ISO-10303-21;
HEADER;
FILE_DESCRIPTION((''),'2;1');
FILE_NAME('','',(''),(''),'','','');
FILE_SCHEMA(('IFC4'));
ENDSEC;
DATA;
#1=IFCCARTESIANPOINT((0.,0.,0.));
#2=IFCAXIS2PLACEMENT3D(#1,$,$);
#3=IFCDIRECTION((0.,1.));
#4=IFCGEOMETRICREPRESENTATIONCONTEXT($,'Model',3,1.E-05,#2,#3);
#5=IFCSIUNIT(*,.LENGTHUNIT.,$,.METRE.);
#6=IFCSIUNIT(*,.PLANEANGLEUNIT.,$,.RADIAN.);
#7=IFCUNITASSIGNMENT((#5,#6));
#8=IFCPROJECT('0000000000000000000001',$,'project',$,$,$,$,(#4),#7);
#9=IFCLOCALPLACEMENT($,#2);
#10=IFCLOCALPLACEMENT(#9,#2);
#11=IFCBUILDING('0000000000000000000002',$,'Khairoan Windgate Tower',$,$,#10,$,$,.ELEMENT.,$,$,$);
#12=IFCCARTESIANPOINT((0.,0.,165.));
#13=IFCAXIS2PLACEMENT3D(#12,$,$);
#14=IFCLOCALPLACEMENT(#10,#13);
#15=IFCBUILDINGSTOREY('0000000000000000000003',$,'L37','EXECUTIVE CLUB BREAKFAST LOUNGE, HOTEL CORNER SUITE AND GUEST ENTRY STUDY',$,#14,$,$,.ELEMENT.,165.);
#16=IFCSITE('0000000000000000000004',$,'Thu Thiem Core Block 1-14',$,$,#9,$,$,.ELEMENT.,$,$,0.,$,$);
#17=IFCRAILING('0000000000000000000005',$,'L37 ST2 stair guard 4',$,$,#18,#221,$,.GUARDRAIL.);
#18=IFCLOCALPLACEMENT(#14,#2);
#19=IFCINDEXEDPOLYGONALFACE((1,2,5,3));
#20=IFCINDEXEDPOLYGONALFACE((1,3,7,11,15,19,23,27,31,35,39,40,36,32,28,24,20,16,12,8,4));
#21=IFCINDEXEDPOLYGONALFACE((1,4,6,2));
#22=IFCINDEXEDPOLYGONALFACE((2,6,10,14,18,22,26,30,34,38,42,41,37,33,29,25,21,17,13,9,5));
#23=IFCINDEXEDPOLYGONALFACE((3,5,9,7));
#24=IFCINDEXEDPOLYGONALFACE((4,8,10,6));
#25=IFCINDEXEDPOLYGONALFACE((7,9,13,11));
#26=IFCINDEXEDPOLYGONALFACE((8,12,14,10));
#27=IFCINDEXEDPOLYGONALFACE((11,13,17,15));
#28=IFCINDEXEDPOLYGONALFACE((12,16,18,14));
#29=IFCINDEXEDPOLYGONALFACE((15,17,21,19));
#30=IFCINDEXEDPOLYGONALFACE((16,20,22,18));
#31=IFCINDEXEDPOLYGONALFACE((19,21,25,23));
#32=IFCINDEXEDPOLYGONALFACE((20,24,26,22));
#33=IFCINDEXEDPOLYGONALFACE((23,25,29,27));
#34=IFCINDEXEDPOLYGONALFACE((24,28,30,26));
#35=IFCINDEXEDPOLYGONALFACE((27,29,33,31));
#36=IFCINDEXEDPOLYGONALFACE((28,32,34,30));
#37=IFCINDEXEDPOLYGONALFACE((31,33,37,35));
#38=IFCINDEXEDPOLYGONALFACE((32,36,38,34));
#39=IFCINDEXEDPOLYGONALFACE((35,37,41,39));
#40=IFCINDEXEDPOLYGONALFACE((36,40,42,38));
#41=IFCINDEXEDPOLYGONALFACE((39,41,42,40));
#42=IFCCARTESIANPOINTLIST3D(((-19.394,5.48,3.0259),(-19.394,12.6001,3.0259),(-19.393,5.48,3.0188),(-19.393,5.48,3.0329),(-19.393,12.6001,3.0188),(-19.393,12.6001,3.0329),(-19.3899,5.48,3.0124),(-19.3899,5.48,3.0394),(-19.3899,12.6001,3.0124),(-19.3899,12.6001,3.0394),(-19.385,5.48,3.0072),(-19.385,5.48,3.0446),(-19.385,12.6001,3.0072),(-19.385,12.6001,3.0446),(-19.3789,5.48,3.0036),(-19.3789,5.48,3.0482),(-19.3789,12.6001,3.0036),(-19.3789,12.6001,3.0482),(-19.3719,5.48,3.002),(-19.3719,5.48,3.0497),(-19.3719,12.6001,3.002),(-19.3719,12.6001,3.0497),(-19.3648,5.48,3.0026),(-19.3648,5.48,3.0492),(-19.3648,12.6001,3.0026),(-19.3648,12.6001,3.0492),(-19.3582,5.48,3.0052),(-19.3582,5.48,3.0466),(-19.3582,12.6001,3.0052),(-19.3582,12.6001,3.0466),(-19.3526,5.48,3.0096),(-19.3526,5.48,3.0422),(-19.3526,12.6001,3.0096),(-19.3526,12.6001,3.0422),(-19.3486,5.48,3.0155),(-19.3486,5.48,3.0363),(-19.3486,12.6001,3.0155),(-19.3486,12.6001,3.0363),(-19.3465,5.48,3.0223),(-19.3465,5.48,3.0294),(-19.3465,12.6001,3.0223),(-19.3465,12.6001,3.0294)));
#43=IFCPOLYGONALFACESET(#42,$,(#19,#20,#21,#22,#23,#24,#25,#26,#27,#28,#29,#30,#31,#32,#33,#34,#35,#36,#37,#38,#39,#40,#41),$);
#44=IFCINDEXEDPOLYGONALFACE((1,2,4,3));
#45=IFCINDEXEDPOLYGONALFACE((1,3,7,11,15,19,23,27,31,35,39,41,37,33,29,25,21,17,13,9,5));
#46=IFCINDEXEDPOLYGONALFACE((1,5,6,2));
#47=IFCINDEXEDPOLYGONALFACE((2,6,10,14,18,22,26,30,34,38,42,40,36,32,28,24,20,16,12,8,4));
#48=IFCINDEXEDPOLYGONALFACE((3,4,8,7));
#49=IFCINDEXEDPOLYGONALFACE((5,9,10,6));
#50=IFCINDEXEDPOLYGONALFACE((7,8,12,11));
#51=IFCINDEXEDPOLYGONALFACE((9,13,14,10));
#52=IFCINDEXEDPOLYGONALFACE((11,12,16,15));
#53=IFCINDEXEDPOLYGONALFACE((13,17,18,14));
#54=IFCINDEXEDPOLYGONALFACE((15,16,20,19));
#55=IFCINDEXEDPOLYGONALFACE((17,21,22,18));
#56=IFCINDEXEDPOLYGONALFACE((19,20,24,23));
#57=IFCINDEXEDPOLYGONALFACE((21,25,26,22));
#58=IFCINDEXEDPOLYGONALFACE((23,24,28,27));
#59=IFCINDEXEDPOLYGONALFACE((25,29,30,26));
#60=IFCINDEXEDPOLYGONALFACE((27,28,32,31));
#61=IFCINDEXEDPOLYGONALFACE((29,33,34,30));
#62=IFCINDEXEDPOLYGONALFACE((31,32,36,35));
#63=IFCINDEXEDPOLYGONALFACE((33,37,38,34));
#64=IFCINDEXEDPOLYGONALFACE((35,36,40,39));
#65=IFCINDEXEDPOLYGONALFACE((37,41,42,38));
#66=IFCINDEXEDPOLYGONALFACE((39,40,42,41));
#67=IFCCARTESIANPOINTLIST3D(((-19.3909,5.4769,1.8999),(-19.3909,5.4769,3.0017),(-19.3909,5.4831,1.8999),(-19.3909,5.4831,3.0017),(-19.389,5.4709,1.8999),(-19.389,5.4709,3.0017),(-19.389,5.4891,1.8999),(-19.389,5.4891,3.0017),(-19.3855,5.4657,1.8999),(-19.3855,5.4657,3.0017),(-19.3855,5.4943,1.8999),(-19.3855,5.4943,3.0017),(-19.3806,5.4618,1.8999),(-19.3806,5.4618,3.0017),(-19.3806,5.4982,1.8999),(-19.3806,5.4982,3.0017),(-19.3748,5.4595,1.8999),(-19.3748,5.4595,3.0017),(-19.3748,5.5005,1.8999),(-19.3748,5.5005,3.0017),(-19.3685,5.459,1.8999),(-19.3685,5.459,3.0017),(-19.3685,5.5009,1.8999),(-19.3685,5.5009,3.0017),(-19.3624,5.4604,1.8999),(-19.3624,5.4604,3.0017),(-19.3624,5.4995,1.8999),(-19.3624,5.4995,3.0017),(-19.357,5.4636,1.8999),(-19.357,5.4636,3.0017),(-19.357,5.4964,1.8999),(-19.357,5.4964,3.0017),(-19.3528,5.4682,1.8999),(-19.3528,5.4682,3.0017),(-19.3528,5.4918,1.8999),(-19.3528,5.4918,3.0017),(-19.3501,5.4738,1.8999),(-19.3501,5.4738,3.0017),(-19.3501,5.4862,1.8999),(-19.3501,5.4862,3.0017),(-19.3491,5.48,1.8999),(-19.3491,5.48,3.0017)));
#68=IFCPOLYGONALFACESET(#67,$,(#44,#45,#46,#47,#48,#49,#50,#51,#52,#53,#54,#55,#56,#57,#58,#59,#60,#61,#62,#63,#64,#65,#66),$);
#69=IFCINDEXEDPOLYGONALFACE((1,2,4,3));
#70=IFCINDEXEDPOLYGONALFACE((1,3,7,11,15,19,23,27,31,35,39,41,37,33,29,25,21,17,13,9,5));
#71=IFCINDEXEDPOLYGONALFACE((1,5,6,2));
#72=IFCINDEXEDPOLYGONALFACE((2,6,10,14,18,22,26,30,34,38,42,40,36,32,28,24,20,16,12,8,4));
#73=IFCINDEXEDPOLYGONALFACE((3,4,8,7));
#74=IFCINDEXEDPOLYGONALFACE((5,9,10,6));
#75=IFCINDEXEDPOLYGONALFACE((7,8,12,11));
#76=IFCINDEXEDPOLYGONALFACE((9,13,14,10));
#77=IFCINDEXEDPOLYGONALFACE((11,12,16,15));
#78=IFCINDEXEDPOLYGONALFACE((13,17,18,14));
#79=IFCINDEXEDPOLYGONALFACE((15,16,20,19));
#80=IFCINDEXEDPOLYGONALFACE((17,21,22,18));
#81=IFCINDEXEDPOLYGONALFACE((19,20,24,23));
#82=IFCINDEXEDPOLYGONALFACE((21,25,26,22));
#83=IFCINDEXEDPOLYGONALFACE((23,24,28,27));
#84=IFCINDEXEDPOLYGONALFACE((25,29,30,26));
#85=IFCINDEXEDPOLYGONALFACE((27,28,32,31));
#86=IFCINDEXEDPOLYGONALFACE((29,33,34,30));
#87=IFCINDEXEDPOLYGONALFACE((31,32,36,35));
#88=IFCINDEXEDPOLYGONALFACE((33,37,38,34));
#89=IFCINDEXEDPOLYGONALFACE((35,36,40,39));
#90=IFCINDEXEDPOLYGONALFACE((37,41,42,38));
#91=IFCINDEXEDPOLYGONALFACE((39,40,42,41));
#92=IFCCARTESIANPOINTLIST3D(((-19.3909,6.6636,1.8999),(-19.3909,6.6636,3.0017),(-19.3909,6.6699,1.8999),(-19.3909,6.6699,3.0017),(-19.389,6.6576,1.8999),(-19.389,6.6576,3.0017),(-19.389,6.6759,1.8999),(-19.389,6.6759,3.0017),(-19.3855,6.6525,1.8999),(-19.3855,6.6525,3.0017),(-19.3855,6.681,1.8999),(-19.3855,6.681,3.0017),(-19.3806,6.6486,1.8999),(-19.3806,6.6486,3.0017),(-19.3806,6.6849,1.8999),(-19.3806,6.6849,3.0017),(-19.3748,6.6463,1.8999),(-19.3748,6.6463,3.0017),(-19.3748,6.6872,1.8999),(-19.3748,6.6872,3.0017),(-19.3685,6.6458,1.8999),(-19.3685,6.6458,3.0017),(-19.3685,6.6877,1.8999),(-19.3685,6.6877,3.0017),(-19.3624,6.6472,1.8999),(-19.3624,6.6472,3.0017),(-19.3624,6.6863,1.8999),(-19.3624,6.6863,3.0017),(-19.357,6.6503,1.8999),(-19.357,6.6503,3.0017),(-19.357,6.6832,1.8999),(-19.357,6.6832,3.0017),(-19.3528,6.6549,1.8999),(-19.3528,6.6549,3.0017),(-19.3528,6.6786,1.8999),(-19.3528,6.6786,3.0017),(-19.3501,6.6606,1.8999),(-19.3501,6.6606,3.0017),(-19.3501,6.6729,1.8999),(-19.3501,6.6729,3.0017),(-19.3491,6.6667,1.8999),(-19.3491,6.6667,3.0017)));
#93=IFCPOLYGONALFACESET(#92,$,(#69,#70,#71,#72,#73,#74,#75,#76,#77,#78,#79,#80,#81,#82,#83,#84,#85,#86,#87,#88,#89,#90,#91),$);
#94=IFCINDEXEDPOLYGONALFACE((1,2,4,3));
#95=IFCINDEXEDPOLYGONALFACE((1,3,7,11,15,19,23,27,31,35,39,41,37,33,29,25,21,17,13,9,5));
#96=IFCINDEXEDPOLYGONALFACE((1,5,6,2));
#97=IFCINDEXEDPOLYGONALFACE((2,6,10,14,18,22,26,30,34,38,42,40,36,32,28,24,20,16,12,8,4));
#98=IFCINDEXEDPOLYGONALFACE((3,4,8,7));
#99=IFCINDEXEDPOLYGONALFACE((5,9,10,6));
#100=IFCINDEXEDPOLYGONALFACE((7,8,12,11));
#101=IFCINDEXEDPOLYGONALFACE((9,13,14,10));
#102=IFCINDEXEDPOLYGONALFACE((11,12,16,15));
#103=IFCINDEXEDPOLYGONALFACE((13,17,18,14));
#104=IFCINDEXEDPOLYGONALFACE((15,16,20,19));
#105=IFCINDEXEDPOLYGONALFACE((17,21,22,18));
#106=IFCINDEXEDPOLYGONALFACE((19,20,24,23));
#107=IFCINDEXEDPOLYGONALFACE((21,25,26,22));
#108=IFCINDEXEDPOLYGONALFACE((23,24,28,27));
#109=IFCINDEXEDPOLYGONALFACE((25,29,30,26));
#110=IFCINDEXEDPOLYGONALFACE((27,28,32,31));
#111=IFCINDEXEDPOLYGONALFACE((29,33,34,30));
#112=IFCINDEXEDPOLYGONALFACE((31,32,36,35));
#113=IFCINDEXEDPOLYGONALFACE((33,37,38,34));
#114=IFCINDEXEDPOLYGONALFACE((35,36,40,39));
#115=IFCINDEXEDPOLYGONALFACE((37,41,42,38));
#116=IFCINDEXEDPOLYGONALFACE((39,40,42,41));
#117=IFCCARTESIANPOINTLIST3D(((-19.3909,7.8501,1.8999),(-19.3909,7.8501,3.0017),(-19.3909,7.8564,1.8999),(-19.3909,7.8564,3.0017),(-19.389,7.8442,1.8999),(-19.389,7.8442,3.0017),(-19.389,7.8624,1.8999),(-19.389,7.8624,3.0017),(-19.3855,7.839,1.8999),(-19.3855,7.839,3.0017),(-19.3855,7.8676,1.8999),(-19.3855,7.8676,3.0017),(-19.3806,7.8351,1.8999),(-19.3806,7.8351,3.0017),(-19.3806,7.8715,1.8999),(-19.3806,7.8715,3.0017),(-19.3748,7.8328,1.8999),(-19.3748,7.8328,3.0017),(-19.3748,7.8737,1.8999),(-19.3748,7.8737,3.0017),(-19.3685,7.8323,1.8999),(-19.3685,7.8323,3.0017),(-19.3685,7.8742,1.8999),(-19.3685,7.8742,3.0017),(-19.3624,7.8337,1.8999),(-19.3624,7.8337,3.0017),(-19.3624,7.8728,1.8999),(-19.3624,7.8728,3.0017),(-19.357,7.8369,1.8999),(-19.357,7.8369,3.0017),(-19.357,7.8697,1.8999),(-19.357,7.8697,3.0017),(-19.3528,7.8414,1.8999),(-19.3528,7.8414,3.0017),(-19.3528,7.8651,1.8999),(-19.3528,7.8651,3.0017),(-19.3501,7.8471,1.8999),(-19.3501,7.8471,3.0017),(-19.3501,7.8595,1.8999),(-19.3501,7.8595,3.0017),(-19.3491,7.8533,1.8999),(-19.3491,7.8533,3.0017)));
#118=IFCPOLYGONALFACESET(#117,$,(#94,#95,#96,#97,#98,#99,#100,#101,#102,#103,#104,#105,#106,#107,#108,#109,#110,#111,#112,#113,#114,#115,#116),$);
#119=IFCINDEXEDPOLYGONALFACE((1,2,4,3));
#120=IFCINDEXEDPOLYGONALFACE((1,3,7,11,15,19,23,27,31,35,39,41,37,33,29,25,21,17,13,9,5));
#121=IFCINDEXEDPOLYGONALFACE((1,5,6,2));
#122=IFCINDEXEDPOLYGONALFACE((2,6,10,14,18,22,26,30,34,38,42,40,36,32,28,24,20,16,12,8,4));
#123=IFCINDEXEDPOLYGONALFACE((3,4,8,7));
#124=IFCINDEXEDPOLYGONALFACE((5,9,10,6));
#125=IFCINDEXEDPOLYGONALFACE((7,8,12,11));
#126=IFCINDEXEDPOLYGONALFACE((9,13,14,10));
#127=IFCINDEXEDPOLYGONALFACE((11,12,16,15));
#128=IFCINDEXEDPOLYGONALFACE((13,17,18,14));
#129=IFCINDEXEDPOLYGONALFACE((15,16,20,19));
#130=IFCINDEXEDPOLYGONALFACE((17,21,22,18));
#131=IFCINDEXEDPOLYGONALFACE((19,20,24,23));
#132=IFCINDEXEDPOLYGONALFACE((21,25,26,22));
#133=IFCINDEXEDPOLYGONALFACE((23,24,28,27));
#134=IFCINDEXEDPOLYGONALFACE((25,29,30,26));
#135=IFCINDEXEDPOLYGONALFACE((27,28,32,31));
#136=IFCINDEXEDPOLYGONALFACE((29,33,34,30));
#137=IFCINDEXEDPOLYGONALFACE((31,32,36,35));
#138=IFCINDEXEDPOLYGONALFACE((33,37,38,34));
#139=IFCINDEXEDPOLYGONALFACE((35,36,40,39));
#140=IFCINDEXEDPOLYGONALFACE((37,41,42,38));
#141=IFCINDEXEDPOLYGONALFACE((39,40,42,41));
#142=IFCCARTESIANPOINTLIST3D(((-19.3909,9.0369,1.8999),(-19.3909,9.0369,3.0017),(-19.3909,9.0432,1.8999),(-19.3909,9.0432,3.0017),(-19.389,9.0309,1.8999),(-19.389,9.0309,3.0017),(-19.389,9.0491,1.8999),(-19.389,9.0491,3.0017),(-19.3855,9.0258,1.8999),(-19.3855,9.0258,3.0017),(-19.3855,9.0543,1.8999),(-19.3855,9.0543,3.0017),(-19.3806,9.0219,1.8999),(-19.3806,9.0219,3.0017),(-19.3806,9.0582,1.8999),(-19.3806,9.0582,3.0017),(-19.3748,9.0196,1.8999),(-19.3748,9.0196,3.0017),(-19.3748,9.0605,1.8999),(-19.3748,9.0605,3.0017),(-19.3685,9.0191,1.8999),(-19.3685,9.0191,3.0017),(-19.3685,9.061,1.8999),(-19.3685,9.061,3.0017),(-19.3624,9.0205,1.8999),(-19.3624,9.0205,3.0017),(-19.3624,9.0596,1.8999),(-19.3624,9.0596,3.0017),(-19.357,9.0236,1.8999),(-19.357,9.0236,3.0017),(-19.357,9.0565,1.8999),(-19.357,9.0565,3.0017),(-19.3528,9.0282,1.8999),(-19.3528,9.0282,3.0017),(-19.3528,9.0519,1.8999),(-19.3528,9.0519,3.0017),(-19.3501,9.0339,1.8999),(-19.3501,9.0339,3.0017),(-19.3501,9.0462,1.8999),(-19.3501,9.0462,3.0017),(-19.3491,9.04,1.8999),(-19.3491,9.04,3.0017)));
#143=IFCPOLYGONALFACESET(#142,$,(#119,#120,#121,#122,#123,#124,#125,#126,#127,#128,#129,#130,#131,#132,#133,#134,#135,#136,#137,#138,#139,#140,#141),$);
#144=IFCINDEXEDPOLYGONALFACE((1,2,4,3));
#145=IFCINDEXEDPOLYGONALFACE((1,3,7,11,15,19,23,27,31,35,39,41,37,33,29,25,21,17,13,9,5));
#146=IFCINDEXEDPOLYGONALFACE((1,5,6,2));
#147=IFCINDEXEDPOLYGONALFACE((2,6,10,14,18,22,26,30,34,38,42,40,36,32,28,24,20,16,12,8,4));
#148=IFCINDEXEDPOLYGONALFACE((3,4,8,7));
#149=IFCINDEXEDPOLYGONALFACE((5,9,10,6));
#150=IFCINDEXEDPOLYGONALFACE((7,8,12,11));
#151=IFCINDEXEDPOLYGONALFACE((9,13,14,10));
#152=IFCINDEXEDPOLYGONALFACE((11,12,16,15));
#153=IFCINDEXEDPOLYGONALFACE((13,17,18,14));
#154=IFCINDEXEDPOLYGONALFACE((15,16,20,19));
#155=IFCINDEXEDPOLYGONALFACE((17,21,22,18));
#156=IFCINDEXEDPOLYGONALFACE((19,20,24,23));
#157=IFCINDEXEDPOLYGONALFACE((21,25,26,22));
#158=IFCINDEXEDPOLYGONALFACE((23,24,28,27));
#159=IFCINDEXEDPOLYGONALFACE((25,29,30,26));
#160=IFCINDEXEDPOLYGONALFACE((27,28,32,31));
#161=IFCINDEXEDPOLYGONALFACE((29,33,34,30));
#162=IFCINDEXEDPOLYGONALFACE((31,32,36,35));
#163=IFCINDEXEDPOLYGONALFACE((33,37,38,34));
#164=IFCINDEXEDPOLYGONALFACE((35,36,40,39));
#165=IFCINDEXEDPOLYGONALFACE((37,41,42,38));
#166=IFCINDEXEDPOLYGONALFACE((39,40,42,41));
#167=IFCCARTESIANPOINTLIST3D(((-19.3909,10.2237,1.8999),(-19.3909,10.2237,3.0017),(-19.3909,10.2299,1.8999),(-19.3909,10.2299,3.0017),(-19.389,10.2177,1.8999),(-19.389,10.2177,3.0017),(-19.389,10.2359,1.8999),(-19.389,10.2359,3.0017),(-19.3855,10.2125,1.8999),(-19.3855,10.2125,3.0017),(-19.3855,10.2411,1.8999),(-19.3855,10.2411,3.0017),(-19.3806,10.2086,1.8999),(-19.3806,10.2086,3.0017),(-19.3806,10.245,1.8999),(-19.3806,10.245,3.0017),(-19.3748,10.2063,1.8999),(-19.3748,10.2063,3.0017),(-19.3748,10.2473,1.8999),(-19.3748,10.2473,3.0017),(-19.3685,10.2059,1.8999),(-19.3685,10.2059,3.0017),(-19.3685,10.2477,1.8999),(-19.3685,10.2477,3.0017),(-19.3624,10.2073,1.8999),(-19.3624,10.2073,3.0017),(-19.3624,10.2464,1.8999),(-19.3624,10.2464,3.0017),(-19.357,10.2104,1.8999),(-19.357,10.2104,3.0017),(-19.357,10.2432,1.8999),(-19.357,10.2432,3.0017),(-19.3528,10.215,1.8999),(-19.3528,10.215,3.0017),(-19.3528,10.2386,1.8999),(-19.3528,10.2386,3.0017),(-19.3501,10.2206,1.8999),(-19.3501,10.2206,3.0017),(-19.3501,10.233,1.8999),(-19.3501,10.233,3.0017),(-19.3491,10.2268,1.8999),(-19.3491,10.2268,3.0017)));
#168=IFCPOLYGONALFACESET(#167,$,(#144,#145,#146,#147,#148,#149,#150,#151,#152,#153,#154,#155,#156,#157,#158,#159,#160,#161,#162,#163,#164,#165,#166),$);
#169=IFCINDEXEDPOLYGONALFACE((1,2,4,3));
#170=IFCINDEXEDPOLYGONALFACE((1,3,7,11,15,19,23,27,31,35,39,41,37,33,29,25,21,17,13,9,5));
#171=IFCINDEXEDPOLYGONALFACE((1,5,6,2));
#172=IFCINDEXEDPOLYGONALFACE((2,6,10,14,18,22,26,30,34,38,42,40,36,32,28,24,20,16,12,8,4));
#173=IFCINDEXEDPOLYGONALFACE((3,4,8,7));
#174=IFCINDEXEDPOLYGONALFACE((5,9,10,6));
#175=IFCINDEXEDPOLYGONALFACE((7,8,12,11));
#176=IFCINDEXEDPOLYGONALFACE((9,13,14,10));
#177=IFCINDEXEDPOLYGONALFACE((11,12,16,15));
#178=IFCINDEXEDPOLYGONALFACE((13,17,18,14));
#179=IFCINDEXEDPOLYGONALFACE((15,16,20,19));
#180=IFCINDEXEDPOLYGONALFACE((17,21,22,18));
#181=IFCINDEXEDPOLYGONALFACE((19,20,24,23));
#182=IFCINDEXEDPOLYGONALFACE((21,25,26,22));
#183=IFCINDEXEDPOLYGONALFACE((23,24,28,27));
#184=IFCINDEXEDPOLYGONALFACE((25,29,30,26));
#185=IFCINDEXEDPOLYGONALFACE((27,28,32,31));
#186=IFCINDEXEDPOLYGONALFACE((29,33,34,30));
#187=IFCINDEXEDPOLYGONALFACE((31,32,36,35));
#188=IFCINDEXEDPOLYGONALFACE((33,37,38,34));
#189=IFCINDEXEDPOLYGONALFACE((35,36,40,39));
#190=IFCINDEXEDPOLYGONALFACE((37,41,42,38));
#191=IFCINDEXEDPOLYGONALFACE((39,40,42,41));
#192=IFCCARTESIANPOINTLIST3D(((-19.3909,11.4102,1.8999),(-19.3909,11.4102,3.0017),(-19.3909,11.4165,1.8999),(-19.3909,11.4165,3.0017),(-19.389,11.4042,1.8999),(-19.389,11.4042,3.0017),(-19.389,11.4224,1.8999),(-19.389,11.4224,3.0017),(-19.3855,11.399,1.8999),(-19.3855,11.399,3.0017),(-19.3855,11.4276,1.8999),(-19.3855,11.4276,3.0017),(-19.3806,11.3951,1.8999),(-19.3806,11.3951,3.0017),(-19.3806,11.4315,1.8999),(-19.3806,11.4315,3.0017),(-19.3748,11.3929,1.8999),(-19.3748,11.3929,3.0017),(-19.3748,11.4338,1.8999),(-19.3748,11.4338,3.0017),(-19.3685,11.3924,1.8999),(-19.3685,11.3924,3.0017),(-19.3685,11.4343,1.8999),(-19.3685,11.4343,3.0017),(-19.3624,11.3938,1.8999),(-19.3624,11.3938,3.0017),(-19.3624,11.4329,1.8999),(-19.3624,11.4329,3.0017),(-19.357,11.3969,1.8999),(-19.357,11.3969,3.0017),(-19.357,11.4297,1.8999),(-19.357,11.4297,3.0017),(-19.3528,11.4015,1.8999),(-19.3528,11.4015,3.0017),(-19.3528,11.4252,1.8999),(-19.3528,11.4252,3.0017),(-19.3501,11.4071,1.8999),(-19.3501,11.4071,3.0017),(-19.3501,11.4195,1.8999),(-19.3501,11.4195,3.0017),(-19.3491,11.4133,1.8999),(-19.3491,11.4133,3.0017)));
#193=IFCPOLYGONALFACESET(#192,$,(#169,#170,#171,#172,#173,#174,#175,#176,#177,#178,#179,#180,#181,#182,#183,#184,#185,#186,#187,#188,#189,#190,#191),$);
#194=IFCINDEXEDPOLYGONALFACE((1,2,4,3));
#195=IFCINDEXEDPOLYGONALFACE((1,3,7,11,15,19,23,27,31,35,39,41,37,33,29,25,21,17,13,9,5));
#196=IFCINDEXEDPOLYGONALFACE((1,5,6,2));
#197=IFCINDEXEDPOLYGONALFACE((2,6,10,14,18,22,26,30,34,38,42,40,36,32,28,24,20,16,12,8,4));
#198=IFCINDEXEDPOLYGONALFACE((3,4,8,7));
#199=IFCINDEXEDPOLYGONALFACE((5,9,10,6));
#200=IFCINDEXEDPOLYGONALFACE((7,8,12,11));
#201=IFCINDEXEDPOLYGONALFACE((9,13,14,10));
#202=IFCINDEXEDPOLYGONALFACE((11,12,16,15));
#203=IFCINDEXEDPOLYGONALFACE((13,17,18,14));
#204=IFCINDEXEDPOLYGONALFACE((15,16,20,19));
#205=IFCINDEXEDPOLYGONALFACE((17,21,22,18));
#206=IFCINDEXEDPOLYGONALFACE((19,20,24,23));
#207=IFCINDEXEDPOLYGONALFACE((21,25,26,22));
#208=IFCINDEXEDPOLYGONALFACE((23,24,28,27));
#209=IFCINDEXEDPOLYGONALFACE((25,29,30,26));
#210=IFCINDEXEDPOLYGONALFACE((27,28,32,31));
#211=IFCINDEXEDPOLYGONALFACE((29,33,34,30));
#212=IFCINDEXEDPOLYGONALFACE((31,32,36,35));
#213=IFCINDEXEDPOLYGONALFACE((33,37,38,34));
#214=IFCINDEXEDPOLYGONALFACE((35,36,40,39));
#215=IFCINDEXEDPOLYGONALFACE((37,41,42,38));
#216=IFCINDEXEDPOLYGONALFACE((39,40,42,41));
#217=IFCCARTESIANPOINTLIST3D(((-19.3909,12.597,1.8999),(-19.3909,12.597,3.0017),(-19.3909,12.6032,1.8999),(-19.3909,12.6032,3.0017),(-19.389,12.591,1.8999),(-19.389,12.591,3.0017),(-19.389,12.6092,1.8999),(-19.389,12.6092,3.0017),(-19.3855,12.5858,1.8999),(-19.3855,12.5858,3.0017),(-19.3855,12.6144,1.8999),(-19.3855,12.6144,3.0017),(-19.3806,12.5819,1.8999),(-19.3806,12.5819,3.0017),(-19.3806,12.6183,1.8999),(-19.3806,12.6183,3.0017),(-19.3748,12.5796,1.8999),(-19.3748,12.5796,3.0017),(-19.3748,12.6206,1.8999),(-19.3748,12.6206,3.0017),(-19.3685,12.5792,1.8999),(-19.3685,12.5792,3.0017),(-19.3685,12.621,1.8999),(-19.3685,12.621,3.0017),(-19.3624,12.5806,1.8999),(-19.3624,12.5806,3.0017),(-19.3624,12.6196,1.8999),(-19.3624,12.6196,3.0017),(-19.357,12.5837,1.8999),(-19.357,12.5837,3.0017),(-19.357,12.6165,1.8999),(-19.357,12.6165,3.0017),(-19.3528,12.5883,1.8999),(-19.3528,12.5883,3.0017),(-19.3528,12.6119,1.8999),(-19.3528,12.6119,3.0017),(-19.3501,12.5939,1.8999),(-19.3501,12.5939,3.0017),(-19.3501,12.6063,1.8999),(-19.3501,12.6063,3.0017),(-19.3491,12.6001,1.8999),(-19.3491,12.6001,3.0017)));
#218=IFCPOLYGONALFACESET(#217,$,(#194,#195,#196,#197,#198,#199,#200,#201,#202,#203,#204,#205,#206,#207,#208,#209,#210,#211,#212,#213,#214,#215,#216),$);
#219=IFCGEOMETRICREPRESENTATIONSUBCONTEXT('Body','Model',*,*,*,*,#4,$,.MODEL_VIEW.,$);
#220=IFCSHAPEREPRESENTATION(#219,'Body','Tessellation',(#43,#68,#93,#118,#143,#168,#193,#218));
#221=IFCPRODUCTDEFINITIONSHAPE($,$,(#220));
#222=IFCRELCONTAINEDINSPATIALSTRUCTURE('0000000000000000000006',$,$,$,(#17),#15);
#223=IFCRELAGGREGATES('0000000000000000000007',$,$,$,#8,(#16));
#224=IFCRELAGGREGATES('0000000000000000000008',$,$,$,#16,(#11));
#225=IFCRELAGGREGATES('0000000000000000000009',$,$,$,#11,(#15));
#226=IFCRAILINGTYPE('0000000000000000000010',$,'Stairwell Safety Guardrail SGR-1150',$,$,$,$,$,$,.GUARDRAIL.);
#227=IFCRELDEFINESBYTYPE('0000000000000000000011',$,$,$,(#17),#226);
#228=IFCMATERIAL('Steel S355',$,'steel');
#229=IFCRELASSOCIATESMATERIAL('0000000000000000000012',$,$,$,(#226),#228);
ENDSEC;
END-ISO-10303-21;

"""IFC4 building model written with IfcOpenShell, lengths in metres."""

from ifc_helpers import new_model, si_unit, direction, frame, origin, origin_2d, place, context, subcontext, project, spatial, circle, extrude, material, type_object, element, save


model = new_model("IFC4")

# Units and contexts
model_context = context("Model", 3, precision=1e-05, world=origin(), true_north=direction((0.0, 1.0)))
body_context = subcontext(model_context, "Body", "Model", "MODEL_VIEW")
ifc_project = project(units=[si_unit("LENGTHUNIT", "METRE"), si_unit("PLANEANGLEUNIT", "RADIAN")], contexts=[model_context])

# Site, building, storey
site_placement = place(None, origin())
site = spatial("IfcSite", under=ifc_project, at=site_placement, Name="Thu Thiem Core Block 1-14", CompositionType="ELEMENT", RefElevation=0.0)
building_placement = place(site_placement, origin())
building = spatial("IfcBuilding", under=site, at=building_placement, Name="Khairoan Windgate Tower", CompositionType="ELEMENT")
storey_placement = place(building_placement, frame((0.0, 0.0, 165.0)))
storey = spatial("IfcBuildingStorey", under=building, at=storey_placement, Name="L37", Description="EXECUTIVE CLUB BREAKFAST LOUNGE, HOTEL CORNER SUITE AND GUEST ENTRY STUDY", CompositionType="ELEMENT", Elevation=165.0)

# Railing
ifc_material_1 = material(Name="Steel S355", Category="steel")
railing_type_1 = type_object("IfcRailingType", Name="Stairwell Safety Guardrail SGR-1150", PredefinedType="GUARDRAIL", material=ifc_material_1)
railing_1_placement = place(storey_placement, frame((-19.3701, 5.48, 1.8999)))
element("IfcRailing", 1, at=railing_1_placement, inside=storey, type_object=railing_type_1, Name="L37 ST2 stair guard 4", PredefinedType="GUARDRAIL", context=body_context, shape_type="SweptSolid", body=[
    extrude(circle(Radius=0.0239, at=origin_2d()), frame((0.0, 0.0, 1.126), z_axis=(0.0, 1.0, 0.0), x_axis=(-1.0, 0.0, 0.0)), (0.0, 0.0, 1.0), 7.1201),
    extrude(circle(Radius=0.021, at=origin_2d()), origin(), (0.0, 0.0, 1.0), 1.1018),
    extrude(circle(Radius=0.021, at=origin_2d()), frame((0.0, 1.1868, 0.0)), (0.0, 0.0, 1.0), 1.1018),
    extrude(circle(Radius=0.021, at=origin_2d()), frame((0.0, 2.3733, 0.0)), (0.0, 0.0, 1.0), 1.1018),
    extrude(circle(Radius=0.021, at=origin_2d()), frame((0.0, 3.5601, 0.0)), (0.0, 0.0, 1.0), 1.1018),
    extrude(circle(Radius=0.021, at=origin_2d()), frame((0.0, 4.7468, 0.0)), (0.0, 0.0, 1.0), 1.1018),
    extrude(circle(Radius=0.021, at=origin_2d()), frame((0.0, 5.9333, 0.0)), (0.0, 0.0, 1.0), 1.1018),
    extrude(circle(Radius=0.021, at=origin_2d()), frame((0.0, 7.1201, 0.0)), (0.0, 0.0, 1.0), 1.1018),
])

save(model, "model.ifc")
